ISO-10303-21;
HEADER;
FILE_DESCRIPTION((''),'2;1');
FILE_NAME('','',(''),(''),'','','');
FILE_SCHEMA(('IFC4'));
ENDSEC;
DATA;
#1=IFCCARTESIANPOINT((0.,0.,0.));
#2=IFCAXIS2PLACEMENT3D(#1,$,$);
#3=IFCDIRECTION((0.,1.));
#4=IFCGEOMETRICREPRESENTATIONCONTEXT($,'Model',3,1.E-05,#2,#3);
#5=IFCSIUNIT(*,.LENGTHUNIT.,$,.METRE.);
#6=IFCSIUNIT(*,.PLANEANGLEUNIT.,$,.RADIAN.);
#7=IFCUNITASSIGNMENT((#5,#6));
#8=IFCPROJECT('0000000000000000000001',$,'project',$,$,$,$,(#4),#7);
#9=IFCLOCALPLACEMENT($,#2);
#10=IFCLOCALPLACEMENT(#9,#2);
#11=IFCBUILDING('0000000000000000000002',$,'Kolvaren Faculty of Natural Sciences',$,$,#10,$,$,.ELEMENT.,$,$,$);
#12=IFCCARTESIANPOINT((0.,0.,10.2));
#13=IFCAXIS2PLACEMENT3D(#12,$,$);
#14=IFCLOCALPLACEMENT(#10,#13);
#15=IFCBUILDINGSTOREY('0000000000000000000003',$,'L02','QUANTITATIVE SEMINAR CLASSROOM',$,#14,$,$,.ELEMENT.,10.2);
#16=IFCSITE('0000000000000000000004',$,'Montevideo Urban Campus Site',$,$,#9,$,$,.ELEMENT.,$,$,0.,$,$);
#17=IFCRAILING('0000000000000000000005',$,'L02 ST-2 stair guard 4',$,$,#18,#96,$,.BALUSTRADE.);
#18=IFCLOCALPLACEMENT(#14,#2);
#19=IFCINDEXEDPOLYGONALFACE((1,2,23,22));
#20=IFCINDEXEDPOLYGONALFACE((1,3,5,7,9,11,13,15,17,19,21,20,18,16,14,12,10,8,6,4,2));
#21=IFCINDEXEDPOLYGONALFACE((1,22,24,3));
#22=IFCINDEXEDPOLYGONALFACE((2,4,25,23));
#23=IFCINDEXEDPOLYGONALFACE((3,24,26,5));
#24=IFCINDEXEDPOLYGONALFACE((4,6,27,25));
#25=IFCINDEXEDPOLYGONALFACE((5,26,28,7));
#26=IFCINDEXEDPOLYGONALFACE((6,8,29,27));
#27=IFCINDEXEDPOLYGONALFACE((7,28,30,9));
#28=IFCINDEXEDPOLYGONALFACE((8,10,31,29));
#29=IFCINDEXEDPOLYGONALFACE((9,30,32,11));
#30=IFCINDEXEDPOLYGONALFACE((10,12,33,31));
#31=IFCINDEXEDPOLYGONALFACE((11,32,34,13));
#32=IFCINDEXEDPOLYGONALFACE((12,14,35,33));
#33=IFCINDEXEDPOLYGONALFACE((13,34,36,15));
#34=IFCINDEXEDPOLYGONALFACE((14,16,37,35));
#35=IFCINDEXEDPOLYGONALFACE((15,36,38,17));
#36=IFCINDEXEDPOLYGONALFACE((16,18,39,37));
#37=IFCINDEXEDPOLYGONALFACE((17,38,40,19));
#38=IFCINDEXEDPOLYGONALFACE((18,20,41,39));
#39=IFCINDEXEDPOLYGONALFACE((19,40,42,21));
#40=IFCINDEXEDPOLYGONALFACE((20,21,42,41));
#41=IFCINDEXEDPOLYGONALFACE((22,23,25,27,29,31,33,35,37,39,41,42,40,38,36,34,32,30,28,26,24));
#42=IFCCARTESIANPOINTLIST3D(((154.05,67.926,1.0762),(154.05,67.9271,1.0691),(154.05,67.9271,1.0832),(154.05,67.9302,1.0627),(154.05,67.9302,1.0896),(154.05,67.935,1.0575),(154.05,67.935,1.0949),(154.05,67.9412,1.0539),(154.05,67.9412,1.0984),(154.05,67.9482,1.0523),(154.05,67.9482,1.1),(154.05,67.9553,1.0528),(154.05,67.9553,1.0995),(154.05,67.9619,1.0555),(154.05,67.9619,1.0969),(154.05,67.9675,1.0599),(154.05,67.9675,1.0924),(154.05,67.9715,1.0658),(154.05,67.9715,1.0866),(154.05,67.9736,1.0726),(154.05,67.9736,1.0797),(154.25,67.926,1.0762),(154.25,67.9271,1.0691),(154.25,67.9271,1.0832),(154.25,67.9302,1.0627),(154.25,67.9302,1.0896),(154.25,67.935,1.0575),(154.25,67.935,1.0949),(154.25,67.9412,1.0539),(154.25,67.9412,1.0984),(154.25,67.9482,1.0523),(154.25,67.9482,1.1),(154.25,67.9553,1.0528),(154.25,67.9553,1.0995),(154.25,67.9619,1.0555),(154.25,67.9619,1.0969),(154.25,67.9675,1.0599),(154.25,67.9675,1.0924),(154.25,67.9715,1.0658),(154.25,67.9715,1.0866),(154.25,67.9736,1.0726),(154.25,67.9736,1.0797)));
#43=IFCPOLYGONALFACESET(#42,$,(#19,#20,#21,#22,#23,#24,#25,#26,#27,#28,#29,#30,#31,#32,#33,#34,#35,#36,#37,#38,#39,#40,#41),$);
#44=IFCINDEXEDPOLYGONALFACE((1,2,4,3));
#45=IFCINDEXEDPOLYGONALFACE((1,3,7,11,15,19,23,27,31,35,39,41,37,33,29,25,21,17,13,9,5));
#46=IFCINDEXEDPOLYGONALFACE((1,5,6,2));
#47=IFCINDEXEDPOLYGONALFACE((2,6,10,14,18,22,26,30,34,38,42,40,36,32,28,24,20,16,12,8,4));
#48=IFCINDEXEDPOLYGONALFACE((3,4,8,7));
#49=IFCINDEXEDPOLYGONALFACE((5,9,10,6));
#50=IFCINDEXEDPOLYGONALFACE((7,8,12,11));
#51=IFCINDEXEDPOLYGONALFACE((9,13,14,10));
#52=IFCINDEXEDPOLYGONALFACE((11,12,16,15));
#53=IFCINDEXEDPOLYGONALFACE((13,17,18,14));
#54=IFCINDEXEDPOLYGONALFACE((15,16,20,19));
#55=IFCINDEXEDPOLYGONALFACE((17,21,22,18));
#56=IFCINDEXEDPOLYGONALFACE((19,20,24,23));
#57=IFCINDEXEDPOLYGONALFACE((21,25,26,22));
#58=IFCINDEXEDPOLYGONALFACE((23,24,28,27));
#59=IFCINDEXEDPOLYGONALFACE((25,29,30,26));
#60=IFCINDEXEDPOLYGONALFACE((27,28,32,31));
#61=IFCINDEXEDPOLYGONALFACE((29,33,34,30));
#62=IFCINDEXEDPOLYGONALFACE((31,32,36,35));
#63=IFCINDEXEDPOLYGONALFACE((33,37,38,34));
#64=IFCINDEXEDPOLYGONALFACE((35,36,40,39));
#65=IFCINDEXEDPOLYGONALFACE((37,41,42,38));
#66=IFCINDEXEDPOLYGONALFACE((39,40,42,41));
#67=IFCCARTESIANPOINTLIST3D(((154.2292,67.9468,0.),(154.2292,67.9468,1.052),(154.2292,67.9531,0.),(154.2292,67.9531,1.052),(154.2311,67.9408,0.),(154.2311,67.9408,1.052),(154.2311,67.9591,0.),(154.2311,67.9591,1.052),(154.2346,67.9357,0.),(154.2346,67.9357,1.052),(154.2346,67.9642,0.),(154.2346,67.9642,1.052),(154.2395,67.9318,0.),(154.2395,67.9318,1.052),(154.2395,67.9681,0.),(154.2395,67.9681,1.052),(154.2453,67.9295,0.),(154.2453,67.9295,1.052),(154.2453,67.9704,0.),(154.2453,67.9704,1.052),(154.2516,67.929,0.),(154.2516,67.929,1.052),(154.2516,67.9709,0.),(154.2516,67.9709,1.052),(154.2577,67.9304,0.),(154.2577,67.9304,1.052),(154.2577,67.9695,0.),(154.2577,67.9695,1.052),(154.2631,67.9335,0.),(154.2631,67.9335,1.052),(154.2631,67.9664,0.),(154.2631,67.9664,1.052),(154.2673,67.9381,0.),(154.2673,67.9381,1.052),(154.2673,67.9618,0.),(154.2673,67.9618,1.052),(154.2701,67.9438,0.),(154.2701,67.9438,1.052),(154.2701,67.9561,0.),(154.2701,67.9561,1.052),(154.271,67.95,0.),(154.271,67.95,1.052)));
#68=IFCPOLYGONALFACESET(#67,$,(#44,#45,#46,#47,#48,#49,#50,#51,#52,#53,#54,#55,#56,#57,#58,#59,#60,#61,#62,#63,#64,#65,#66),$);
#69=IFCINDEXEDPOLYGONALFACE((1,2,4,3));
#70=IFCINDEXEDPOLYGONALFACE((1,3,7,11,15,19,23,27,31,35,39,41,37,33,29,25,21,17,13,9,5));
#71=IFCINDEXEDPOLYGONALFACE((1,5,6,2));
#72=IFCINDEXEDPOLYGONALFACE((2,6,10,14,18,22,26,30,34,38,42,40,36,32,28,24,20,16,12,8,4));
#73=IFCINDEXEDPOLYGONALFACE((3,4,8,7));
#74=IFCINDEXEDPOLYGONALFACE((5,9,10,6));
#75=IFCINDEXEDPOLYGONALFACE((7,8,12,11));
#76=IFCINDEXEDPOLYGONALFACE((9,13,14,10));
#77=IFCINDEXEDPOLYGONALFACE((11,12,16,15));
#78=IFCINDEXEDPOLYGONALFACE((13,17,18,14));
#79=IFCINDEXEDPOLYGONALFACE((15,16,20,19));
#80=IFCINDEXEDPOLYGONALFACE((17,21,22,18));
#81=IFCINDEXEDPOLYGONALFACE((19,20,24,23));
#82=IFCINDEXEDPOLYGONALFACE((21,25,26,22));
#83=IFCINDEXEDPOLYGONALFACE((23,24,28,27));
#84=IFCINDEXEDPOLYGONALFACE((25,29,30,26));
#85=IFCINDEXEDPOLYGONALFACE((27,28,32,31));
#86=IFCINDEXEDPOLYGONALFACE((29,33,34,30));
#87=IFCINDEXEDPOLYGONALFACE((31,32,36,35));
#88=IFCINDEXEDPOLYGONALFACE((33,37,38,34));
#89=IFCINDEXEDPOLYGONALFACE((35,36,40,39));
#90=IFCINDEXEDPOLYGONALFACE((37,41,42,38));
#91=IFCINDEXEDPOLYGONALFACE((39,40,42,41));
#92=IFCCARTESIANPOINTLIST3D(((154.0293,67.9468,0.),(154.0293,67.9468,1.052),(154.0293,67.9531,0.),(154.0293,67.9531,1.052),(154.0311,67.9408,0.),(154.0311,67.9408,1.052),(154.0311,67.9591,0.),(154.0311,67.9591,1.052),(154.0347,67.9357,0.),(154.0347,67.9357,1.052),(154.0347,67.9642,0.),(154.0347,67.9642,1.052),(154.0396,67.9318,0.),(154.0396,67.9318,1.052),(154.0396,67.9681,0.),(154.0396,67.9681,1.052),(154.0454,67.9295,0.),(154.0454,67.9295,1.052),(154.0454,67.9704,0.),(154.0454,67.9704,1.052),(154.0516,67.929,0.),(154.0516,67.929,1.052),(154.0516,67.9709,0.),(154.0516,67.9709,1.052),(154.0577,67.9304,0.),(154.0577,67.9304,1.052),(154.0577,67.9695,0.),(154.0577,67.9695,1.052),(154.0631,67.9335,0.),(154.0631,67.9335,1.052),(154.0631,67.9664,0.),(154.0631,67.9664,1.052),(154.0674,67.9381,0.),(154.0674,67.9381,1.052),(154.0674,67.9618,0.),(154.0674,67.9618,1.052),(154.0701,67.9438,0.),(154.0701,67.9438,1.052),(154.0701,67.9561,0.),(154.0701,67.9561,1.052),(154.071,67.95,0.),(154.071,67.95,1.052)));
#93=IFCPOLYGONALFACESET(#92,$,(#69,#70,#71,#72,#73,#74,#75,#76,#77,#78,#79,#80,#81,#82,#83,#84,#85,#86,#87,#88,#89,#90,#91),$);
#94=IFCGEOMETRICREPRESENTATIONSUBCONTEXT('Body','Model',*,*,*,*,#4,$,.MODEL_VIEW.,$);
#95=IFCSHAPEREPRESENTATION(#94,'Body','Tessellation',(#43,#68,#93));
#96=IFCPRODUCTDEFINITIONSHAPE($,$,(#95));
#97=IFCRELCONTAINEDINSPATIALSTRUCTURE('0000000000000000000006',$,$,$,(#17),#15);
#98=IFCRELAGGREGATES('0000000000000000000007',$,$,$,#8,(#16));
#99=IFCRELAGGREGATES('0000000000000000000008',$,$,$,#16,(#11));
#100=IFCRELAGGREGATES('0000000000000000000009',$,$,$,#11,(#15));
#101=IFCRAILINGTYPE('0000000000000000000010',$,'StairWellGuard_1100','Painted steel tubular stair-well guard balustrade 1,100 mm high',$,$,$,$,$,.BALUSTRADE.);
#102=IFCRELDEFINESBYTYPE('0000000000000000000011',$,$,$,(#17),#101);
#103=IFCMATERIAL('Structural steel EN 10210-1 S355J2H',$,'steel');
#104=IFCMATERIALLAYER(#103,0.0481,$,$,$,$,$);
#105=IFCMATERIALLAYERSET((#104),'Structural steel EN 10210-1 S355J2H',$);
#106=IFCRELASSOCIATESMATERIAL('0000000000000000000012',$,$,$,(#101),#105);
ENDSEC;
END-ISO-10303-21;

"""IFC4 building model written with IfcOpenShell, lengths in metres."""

from ifc_helpers import new_model, si_unit, direction, frame, origin, origin_2d, place, context, subcontext, project, spatial, circle, extrude, material, layer, layer_set, type_object, element, save


model = new_model("IFC4")

# Units and contexts
model_context = context("Model", 3, precision=1e-05, world=origin(), true_north=direction((0.0, 1.0)))
body_context = subcontext(model_context, "Body", "Model", "MODEL_VIEW")
ifc_project = project(units=[si_unit("LENGTHUNIT", "METRE"), si_unit("PLANEANGLEUNIT", "RADIAN")], contexts=[model_context])

# Site, building, storey
site_placement = place(None, origin())
site = spatial("IfcSite", under=ifc_project, at=site_placement, Name="Montevideo Urban Campus Site", CompositionType="ELEMENT", RefElevation=0.0)
building_placement = place(site_placement, origin())
building = spatial("IfcBuilding", under=site, at=building_placement, Name="Kolvaren Faculty of Natural Sciences", CompositionType="ELEMENT")
storey_placement = place(building_placement, frame((0.0, 0.0, 10.2)))
storey = spatial("IfcBuildingStorey", under=building, at=storey_placement, Name="L02", Description="QUANTITATIVE SEMINAR CLASSROOM", CompositionType="ELEMENT", Elevation=10.2)

# Railing
ifc_material_1 = material(Name="Structural steel EN 10210-1 S355J2H", Category="steel")
ifc_layer_1 = layer(ifc_material_1, 0.0481)
ifc_layer_set_1 = layer_set([ifc_layer_1], Name="Structural steel EN 10210-1 S355J2H")
railing_type_1 = type_object("IfcRailingType", Name="StairWellGuard_1100", Description="Painted steel tubular stair-well guard balustrade 1,100 mm high", PredefinedType="BALUSTRADE", material=ifc_layer_set_1)
railing_1_placement = place(storey_placement, frame((154.25, 67.95, 0.0)))
element("IfcRailing", 1, at=railing_1_placement, inside=storey, type_object=railing_type_1, Name="L02 ST-2 stair guard 4", PredefinedType="BALUSTRADE", context=body_context, shape_type="SweptSolid", body=[
    extrude(circle(Radius=0.0239, at=origin_2d()), frame((0.0, 0.0, 1.0762), z_axis=(-1.0, 0.0, 0.0), x_axis=(0.0, -1.0, 0.0)), (0.0, 0.0, 1.0), 0.2),
    extrude(circle(Radius=0.021, at=origin_2d()), origin(), (0.0, 0.0, 1.0), 1.052),
    extrude(circle(Radius=0.021, at=origin_2d()), frame((-0.2, 0.0, 0.0)), (0.0, 0.0, 1.0), 1.052),
])

save(model, "model.ifc")
